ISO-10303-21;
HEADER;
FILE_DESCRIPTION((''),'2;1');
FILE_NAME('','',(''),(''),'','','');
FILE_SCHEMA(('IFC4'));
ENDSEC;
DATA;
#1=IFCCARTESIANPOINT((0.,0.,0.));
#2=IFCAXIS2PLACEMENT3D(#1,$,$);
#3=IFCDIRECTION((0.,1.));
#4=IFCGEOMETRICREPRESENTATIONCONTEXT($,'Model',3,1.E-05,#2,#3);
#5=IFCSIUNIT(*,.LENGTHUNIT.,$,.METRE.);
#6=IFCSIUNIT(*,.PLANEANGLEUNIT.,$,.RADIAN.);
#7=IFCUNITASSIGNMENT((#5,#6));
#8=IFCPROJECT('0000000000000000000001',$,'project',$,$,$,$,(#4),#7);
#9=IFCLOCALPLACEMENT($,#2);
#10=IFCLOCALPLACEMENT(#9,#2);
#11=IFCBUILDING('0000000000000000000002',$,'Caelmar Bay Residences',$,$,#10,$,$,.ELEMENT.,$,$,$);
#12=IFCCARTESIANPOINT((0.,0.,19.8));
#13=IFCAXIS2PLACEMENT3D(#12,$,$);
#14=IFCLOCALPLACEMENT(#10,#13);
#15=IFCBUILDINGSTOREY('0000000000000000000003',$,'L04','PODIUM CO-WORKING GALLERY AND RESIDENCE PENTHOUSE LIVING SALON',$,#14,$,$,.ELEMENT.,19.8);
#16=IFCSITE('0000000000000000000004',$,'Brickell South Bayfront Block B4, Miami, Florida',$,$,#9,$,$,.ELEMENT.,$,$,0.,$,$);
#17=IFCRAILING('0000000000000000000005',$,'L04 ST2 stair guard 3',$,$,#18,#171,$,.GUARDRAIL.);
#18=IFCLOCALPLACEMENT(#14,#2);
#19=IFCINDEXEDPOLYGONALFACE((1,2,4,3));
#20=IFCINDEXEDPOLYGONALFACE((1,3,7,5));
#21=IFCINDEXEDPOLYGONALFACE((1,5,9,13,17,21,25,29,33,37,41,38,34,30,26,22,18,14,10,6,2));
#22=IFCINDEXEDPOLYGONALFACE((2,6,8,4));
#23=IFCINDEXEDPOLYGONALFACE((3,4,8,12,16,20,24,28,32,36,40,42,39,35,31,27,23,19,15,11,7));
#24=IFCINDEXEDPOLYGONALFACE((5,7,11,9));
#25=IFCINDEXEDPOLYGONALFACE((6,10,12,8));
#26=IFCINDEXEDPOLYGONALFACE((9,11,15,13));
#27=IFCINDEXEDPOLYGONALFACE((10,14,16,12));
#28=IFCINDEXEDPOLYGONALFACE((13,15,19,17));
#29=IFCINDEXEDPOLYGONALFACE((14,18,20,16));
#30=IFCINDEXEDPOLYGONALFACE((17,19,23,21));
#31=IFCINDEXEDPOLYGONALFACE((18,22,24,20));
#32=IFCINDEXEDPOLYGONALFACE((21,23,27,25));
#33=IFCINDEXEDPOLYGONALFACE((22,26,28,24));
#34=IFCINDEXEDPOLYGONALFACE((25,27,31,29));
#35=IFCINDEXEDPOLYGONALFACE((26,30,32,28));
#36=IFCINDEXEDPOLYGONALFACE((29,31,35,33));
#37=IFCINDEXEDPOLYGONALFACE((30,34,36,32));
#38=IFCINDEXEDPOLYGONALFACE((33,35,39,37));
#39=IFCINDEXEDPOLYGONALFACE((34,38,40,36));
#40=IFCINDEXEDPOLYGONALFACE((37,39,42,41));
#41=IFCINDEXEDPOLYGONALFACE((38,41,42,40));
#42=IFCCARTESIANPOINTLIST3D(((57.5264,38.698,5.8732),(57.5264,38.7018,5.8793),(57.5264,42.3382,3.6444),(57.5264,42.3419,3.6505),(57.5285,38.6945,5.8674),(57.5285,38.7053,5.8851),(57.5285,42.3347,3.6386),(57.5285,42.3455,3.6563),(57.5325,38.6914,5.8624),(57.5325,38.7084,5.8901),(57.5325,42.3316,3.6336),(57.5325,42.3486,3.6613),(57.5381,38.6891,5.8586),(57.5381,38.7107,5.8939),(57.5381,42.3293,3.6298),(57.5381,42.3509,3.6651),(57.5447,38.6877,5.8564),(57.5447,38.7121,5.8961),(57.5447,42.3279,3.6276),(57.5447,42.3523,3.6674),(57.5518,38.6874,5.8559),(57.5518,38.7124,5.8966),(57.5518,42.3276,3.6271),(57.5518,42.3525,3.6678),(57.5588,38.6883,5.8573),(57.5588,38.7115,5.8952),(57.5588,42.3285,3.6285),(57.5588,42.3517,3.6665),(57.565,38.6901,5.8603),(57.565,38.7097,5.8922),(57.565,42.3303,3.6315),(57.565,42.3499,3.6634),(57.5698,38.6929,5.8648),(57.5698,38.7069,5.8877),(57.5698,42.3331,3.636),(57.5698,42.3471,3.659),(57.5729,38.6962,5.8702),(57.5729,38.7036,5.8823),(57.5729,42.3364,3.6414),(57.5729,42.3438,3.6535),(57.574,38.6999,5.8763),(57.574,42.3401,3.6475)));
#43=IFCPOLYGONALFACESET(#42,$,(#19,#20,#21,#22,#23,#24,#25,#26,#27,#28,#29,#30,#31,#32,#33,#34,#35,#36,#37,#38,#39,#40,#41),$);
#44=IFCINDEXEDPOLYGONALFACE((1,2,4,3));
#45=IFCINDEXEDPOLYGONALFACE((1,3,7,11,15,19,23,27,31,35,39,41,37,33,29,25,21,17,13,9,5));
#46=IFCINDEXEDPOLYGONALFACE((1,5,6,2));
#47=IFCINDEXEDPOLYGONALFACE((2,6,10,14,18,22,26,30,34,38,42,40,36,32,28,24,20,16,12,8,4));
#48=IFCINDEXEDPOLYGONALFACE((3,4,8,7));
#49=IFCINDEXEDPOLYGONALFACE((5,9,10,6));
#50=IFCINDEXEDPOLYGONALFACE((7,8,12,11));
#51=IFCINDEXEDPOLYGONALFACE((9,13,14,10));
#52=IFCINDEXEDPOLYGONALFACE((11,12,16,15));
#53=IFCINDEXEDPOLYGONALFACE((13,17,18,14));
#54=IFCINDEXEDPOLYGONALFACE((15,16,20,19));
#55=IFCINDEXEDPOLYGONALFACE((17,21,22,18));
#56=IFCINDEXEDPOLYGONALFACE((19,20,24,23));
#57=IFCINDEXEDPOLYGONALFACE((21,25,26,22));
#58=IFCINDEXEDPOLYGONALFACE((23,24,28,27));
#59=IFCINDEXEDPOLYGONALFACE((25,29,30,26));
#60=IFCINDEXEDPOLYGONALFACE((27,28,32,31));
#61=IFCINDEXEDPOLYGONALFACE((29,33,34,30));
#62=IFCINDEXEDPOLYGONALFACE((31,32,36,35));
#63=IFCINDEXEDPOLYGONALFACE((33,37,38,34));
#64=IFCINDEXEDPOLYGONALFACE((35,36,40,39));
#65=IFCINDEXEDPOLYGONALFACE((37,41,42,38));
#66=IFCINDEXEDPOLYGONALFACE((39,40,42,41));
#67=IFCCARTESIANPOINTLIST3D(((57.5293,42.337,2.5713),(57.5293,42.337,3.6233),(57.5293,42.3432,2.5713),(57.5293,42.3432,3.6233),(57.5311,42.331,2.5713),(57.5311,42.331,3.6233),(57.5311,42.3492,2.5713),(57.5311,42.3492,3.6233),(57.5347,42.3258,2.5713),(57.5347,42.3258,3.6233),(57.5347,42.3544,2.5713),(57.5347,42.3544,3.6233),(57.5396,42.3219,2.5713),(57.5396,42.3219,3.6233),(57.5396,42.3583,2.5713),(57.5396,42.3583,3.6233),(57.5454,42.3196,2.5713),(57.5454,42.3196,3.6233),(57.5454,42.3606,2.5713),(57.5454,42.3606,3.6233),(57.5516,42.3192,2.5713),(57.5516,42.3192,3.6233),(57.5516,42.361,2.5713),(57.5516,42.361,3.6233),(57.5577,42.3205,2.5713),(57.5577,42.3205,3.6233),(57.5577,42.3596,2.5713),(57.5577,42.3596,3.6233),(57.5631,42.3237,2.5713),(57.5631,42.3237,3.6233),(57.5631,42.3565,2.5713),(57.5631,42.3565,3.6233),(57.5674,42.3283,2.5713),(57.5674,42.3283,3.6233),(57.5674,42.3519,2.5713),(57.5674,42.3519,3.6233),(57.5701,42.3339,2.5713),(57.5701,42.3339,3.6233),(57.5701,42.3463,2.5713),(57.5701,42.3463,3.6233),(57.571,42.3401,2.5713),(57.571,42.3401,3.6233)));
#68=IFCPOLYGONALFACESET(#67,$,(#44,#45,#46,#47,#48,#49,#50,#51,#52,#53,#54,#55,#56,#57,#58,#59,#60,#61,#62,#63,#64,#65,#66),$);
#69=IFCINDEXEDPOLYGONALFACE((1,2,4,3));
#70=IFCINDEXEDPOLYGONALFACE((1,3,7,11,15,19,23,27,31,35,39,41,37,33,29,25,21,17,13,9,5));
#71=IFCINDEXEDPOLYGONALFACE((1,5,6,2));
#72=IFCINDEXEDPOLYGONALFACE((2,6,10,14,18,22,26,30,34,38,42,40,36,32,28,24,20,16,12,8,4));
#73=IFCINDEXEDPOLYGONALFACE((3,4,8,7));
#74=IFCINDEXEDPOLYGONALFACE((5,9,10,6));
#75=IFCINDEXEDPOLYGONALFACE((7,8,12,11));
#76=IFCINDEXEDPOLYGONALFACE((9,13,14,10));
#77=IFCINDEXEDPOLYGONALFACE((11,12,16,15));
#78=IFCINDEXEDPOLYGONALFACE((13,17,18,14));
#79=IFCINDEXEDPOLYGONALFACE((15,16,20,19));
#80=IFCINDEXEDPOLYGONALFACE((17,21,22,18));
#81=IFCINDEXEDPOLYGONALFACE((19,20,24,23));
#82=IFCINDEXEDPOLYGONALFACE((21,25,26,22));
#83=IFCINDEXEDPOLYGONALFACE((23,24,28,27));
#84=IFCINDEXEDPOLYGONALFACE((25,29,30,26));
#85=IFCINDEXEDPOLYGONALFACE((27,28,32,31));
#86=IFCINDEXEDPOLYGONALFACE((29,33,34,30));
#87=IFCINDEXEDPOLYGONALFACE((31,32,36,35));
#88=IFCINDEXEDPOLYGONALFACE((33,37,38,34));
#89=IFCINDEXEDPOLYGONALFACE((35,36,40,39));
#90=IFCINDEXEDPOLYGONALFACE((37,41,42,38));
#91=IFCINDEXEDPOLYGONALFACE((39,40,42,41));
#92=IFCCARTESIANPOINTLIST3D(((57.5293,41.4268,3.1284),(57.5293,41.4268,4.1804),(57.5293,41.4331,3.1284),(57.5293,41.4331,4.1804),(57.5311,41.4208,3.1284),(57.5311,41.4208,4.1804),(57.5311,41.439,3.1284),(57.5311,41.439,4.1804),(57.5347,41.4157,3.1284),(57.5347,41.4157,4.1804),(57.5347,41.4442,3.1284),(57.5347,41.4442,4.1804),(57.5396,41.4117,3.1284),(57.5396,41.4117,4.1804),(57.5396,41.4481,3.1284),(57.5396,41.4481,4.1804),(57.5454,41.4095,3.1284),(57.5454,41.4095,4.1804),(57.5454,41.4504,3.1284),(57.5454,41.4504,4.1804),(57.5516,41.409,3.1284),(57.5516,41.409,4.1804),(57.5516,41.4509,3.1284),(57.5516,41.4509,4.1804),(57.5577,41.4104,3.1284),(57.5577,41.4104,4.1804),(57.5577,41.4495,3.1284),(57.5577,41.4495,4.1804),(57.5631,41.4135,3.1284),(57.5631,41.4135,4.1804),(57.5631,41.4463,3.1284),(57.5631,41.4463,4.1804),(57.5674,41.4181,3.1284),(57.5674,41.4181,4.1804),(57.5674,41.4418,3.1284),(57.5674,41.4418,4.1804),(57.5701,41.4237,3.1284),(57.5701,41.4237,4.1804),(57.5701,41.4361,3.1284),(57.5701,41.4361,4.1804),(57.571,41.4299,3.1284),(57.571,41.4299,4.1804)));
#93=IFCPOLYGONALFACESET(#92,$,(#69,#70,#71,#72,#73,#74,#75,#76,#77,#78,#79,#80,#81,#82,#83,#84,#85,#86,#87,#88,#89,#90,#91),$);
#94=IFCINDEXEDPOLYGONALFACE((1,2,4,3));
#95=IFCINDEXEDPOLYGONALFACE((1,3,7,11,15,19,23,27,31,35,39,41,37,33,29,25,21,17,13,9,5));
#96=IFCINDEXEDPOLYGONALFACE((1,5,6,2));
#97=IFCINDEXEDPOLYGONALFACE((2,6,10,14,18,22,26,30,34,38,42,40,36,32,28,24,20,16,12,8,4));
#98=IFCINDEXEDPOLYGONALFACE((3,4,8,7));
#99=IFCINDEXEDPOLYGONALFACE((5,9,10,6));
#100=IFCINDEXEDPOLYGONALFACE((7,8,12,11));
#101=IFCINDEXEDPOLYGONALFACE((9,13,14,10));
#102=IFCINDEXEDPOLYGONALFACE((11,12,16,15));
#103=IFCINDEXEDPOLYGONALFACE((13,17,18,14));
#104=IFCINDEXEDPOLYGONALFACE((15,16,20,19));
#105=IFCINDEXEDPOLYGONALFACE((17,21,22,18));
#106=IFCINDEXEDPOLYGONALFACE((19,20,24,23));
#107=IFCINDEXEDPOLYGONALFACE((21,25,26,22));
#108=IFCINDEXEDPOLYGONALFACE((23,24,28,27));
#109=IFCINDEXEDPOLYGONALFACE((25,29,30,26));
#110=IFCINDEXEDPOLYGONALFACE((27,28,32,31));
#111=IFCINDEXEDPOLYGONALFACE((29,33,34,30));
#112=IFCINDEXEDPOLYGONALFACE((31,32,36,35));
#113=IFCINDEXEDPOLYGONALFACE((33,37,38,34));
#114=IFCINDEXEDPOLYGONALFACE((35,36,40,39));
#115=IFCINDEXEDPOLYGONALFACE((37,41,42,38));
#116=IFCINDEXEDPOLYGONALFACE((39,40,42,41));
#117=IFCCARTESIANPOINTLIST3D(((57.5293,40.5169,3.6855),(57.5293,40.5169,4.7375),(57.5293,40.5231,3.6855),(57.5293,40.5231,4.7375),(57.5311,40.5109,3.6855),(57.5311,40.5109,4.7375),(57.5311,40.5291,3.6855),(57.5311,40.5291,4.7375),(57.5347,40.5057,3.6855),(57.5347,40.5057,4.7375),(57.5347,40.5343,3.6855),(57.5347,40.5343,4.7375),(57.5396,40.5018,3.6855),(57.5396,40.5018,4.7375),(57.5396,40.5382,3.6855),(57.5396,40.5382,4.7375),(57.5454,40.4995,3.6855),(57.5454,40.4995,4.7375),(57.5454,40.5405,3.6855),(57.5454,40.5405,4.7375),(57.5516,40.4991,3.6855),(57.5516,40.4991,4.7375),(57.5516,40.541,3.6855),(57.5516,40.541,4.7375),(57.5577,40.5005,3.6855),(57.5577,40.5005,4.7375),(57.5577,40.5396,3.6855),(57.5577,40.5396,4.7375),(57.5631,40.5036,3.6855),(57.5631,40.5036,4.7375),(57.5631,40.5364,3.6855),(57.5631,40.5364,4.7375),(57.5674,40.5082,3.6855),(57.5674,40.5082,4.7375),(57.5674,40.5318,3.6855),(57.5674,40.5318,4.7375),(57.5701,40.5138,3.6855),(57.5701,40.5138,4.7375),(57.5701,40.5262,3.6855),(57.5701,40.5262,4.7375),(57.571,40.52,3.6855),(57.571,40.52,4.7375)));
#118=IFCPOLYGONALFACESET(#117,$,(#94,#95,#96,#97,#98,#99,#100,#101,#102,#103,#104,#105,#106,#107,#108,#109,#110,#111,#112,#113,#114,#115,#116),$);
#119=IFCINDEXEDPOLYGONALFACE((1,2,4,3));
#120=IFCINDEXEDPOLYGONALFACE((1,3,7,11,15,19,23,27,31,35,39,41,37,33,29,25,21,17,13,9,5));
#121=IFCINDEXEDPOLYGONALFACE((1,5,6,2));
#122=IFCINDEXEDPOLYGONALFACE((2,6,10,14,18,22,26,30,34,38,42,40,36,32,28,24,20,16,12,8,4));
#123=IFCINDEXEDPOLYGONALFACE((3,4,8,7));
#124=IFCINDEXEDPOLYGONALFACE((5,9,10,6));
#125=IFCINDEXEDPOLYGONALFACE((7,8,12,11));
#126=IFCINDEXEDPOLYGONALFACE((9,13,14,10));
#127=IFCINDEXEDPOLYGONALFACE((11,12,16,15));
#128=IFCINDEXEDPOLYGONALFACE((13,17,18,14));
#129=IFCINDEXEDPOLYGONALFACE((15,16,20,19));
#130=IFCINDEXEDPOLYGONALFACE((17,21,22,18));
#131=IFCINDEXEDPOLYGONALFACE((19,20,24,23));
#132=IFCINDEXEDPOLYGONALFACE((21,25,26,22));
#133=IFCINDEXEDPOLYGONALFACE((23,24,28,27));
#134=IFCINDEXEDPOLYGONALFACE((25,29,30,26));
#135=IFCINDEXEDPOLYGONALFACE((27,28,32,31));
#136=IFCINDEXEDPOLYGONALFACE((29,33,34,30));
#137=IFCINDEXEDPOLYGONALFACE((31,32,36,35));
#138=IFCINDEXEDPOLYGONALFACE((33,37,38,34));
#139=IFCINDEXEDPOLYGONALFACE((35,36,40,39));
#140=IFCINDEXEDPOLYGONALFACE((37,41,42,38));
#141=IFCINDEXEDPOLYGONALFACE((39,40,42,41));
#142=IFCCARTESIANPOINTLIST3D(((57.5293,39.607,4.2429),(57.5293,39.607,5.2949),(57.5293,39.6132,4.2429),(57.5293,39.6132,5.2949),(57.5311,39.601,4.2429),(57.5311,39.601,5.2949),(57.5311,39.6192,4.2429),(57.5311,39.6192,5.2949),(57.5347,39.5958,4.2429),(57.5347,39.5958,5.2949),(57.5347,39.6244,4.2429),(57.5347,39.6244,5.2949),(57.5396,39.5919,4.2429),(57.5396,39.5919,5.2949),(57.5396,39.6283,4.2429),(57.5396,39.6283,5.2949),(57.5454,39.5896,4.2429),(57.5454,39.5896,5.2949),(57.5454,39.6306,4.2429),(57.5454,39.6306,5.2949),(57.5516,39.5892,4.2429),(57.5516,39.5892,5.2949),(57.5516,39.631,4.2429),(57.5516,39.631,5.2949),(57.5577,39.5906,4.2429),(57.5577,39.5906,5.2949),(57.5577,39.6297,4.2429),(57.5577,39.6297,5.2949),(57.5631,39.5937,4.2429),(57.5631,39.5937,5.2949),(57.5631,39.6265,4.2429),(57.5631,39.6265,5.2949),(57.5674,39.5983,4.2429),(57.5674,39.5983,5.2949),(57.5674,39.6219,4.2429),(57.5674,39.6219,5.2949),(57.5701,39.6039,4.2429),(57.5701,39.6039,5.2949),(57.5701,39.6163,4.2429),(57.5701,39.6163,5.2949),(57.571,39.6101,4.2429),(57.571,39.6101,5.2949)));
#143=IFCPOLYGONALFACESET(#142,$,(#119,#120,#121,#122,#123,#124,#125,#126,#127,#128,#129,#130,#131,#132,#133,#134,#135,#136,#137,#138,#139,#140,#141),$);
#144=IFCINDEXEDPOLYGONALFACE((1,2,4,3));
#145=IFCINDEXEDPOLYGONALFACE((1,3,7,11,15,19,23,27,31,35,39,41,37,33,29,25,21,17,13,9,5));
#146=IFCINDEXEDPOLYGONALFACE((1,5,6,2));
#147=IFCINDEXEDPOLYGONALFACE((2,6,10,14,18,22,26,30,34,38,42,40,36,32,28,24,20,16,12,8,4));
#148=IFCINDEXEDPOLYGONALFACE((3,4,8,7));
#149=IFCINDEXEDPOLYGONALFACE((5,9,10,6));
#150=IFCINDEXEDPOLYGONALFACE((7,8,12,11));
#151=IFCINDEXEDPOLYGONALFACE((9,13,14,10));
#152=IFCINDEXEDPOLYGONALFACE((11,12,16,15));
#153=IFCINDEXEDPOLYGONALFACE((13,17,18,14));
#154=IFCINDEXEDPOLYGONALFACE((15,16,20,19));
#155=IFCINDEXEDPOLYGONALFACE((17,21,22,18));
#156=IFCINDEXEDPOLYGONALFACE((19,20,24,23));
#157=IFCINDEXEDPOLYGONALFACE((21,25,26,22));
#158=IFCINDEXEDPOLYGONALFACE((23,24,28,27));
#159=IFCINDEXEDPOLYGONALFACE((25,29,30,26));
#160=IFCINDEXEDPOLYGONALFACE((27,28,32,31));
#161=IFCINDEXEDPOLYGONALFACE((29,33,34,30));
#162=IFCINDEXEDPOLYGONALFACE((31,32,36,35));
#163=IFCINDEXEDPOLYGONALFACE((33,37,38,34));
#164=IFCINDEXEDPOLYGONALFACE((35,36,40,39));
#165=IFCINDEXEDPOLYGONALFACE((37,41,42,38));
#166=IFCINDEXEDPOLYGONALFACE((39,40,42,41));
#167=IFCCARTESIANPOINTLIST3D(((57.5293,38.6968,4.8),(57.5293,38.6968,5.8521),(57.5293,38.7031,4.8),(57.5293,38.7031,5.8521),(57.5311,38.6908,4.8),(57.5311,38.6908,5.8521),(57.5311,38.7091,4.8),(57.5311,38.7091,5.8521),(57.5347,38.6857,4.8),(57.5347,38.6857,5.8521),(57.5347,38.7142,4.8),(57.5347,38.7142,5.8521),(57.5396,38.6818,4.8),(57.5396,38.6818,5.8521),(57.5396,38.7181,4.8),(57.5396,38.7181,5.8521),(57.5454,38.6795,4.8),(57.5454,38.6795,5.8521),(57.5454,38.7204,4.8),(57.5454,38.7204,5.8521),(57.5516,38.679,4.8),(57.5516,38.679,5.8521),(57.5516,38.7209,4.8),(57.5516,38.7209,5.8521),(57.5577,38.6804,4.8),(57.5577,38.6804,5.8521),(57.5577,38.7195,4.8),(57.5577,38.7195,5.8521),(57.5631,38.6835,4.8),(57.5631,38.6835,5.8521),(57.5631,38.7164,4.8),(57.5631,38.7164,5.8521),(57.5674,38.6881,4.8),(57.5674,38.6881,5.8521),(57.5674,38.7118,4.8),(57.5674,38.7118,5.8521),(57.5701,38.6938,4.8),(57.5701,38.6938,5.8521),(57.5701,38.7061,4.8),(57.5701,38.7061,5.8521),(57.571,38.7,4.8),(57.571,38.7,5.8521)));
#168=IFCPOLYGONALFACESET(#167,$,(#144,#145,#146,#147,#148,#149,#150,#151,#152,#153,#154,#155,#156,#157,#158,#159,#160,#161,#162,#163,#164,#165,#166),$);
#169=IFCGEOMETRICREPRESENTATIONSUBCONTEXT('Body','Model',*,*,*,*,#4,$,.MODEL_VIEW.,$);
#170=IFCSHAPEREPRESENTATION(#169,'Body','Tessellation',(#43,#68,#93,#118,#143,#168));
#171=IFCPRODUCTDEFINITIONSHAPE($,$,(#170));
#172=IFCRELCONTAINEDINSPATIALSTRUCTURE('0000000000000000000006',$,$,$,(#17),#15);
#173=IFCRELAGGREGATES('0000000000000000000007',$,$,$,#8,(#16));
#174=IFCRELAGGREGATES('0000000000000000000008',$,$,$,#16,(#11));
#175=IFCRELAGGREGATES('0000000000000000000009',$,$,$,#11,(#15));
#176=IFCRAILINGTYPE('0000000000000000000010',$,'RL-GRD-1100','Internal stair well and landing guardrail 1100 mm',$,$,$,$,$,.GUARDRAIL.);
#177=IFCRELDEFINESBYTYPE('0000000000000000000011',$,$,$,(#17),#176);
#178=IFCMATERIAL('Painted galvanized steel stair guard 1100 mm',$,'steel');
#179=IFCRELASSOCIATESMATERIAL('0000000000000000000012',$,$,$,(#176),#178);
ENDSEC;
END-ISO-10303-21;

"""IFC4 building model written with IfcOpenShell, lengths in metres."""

from ifc_helpers import new_model, si_unit, direction, frame, origin, origin_2d, place, context, subcontext, project, spatial, circle, extrude, material, type_object, element, save


model = new_model("IFC4")

# Units and contexts
model_context = context("Model", 3, precision=1e-05, world=origin(), true_north=direction((0.0, 1.0)))
body_context = subcontext(model_context, "Body", "Model", "MODEL_VIEW")
ifc_project = project(units=[si_unit("LENGTHUNIT", "METRE"), si_unit("PLANEANGLEUNIT", "RADIAN")], contexts=[model_context])

# Site, building, storey
site_placement = place(None, origin())
site = spatial("IfcSite", under=ifc_project, at=site_placement, Name="Brickell South Bayfront Block B4, Miami, Florida", CompositionType="ELEMENT", RefElevation=0.0)
building_placement = place(site_placement, origin())
building = spatial("IfcBuilding", under=site, at=building_placement, Name="Caelmar Bay Residences", CompositionType="ELEMENT")
storey_placement = place(building_placement, frame((0.0, 0.0, 19.8)))
storey = spatial("IfcBuildingStorey", under=building, at=storey_placement, Name="L04", Description="PODIUM CO-WORKING GALLERY AND RESIDENCE PENTHOUSE LIVING SALON", CompositionType="ELEMENT", Elevation=19.8)

# Railing
ifc_material_1 = material(Name="Painted galvanized steel stair guard 1100 mm", Category="steel")
railing_type_1 = type_object("IfcRailingType", Name="RL-GRD-1100", Description="Internal stair well and landing guardrail 1100 mm", PredefinedType="GUARDRAIL", material=ifc_material_1)
railing_1_placement = place(storey_placement, frame((57.55, 42.3401, 2.5713)))
element("IfcRailing", 1, at=railing_1_placement, inside=storey, type_object=railing_type_1, Name="L04 ST2 stair guard 3", PredefinedType="GUARDRAIL", context=body_context, shape_type="SweptSolid", body=[
    extrude(circle(Radius=0.0239, at=origin_2d()), frame((0.0, 0.0, 1.0762), z_axis=(0.0, -0.85284, 0.522172), x_axis=(1.0, 0.0, 0.0)), (0.0, 0.0, 1.0), 4.2683),
    extrude(circle(Radius=0.021, at=origin_2d()), origin(), (0.0, 0.0, 1.0), 1.052),
    extrude(circle(Radius=0.021, at=origin_2d()), frame((0.0, -0.9102, 0.5571)), (0.0, 0.0, 1.0), 1.052),
    extrude(circle(Radius=0.021, at=origin_2d()), frame((0.0, -1.8201, 1.1143)), (0.0, 0.0, 1.0), 1.052),
    extrude(circle(Radius=0.021, at=origin_2d()), frame((0.0, -2.73, 1.6716)), (0.0, 0.0, 1.0), 1.052),
    extrude(circle(Radius=0.021, at=origin_2d()), frame((0.0, -3.6401, 2.2288)), (0.0, 0.0, 1.0), 1.052),
])

save(model, "model.ifc")
